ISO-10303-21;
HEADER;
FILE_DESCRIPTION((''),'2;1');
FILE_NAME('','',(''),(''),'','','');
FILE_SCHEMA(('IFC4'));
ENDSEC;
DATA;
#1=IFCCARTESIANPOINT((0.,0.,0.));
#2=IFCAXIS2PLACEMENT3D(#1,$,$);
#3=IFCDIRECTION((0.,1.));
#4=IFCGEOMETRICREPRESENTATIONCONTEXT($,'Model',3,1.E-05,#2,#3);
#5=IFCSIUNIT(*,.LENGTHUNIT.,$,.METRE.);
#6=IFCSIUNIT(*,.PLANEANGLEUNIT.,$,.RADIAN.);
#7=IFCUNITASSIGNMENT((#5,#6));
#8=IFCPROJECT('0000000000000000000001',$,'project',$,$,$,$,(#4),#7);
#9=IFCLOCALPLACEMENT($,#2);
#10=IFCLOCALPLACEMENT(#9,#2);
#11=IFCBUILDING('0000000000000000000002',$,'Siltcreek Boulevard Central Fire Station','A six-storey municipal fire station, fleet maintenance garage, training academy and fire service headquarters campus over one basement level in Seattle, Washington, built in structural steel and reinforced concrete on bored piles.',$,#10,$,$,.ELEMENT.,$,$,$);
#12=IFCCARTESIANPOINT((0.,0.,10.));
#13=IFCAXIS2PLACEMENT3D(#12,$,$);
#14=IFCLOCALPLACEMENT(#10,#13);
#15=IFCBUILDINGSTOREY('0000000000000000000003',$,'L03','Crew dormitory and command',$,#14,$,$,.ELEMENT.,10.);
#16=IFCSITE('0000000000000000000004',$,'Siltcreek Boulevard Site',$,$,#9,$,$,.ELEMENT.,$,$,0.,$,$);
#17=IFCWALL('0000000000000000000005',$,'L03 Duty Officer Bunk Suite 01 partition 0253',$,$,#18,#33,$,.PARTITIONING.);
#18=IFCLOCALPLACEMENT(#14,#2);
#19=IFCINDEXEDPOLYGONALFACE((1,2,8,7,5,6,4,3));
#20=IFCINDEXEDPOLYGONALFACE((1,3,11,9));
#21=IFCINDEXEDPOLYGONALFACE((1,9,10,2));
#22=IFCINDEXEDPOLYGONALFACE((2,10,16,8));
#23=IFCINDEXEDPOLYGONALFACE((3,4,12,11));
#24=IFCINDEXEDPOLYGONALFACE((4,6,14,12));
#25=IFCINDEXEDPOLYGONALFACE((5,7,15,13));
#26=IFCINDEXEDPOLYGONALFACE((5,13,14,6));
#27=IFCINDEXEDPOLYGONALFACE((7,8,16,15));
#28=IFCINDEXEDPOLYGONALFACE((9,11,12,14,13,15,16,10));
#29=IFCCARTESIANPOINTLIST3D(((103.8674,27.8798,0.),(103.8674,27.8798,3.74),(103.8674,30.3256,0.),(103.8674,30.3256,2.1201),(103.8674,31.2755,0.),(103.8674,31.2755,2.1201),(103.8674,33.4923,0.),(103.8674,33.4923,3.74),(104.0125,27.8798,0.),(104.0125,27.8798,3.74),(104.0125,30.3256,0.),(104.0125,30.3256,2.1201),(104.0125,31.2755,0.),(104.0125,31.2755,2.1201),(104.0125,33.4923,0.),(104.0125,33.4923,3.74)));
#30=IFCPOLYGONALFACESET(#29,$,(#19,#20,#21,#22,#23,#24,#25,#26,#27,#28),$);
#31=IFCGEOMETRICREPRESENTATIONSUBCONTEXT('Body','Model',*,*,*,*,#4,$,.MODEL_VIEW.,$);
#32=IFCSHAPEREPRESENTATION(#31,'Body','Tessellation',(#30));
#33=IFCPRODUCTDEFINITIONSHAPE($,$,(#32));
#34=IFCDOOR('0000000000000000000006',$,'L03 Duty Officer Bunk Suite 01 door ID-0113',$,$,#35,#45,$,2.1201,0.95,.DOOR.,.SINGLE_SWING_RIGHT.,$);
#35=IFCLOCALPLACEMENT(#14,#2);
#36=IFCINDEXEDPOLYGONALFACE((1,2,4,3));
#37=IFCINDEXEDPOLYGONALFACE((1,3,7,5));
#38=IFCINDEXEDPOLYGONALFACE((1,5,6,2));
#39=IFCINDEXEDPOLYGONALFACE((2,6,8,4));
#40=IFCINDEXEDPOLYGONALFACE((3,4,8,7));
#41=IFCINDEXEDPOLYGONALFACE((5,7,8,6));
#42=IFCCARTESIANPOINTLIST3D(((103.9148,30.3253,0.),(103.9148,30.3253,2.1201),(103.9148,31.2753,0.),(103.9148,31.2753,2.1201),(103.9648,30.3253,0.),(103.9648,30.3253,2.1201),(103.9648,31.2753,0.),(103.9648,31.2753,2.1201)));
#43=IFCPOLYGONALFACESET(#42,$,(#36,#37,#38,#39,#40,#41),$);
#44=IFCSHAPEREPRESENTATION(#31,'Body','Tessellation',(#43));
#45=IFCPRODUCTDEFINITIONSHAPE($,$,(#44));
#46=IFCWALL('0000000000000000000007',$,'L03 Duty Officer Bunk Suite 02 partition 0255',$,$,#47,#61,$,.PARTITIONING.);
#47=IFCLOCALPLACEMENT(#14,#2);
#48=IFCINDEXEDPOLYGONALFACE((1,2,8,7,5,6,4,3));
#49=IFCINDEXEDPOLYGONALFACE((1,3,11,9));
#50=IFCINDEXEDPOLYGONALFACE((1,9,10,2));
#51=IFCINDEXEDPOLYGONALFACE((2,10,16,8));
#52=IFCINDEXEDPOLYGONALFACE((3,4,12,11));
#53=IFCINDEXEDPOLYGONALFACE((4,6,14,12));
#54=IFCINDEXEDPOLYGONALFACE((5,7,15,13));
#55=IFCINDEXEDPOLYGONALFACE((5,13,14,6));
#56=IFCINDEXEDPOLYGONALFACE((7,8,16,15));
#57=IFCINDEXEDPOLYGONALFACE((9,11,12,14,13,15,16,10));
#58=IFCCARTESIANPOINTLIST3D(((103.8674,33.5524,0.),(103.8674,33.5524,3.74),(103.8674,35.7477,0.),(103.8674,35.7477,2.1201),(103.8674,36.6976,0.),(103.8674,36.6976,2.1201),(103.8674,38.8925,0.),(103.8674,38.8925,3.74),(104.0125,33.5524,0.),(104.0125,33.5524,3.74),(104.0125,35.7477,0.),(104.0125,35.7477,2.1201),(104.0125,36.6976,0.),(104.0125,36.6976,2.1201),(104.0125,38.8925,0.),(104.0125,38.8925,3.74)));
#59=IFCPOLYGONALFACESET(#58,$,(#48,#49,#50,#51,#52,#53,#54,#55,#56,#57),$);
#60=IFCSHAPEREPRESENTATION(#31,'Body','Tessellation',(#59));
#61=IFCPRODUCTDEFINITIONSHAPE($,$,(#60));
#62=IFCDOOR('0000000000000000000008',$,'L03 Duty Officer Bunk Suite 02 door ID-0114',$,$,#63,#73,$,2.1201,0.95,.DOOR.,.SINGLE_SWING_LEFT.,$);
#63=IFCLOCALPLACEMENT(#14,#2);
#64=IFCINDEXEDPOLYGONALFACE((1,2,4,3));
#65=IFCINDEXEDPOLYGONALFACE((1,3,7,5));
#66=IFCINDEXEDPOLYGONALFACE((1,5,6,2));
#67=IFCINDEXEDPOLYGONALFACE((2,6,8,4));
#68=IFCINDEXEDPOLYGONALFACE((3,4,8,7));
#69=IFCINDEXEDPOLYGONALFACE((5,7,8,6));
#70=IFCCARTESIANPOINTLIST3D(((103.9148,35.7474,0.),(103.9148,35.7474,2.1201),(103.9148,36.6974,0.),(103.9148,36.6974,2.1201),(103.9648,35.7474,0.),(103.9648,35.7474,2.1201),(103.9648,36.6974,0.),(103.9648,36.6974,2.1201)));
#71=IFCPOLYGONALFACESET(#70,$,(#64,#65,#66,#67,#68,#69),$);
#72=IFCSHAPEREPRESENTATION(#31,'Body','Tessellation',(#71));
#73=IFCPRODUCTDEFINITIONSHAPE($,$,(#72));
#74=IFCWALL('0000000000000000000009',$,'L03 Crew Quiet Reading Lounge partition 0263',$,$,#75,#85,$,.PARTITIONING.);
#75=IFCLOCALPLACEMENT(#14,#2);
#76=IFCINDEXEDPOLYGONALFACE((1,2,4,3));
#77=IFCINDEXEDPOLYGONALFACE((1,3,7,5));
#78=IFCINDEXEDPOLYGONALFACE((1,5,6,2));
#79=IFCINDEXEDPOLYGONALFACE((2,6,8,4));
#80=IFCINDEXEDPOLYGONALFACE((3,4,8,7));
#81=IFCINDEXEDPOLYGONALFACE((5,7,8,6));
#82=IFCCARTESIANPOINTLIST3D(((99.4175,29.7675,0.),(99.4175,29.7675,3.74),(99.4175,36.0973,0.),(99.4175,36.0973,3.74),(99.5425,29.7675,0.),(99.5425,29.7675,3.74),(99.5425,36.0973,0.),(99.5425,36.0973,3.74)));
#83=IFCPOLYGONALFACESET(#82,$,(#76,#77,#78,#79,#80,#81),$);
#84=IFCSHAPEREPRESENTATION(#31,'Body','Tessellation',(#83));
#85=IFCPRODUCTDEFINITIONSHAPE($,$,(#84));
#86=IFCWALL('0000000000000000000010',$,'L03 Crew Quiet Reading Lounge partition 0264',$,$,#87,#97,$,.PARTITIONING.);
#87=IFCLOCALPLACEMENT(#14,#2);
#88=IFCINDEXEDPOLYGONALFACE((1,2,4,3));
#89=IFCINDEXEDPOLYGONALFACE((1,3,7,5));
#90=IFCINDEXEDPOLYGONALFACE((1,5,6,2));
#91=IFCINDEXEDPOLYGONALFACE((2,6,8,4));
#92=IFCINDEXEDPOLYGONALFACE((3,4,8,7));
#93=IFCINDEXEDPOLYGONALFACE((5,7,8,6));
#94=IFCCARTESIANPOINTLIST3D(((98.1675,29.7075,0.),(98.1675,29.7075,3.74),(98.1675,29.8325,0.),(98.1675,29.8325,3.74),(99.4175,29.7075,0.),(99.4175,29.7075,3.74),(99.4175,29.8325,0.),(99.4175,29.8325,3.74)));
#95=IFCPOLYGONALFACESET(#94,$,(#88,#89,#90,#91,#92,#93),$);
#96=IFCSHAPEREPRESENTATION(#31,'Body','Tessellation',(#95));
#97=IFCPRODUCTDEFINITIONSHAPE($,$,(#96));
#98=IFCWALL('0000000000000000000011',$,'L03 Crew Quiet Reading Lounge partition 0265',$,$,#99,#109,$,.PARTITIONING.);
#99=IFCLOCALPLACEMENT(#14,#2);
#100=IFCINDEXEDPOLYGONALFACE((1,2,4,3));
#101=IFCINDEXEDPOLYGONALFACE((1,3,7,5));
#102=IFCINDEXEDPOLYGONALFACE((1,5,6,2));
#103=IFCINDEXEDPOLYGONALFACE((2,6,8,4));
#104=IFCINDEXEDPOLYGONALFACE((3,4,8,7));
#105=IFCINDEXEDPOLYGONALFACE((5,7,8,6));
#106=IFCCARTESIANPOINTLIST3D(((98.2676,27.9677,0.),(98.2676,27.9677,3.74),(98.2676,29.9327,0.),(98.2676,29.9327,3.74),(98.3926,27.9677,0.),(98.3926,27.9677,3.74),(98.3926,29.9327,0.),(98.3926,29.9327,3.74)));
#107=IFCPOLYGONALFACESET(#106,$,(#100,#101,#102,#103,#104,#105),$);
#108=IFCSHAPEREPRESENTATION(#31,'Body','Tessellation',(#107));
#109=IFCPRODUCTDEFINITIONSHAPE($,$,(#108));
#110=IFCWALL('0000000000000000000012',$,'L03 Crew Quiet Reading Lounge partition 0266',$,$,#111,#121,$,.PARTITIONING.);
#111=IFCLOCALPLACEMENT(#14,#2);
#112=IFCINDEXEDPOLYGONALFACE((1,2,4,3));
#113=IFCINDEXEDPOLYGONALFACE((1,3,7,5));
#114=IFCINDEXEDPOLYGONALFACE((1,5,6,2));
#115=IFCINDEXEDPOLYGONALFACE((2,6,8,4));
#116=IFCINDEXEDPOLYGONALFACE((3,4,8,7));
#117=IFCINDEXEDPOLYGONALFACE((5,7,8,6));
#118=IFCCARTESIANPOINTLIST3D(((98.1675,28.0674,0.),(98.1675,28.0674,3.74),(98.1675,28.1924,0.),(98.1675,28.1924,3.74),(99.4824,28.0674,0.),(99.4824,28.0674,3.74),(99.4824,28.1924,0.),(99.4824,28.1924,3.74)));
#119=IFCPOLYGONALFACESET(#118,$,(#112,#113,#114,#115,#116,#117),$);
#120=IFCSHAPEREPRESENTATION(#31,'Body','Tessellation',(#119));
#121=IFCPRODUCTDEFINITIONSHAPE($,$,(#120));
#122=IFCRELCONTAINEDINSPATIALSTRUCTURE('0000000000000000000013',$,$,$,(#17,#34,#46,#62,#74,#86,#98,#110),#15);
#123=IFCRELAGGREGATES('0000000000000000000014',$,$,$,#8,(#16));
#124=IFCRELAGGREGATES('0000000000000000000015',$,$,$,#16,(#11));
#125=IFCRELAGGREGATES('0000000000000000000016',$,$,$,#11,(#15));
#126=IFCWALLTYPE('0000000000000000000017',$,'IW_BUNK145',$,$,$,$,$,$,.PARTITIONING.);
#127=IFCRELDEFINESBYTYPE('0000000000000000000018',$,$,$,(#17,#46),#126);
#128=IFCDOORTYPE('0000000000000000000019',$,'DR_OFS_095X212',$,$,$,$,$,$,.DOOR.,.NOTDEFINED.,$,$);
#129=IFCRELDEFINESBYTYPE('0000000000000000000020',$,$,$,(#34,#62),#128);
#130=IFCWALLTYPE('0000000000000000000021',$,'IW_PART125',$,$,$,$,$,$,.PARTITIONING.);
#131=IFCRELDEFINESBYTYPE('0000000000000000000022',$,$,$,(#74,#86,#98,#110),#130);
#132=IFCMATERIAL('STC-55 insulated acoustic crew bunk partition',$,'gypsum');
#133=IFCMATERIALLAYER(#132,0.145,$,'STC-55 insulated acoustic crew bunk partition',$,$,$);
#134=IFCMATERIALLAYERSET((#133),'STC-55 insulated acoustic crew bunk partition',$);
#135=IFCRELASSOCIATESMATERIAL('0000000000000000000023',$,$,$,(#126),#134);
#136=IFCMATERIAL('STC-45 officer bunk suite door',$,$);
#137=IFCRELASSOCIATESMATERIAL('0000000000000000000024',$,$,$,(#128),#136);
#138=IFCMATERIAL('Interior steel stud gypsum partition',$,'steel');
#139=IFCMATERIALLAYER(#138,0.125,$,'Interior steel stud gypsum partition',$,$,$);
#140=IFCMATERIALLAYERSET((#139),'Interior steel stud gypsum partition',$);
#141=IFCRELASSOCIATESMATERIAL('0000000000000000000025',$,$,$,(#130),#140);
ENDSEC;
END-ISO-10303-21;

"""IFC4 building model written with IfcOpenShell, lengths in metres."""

from ifc_helpers import new_model, si_unit, direction, frame, frame_2d, origin, place, context, subcontext, project, spatial, rectangle, extrude, material, layer, layer_set, type_object, element, fill, save


model = new_model("IFC4")

# Units and contexts
model_context = context("Model", 3, precision=1e-05, world=origin(), true_north=direction((0.0, 1.0)))
body_context = subcontext(model_context, "Body", "Model", "MODEL_VIEW")
ifc_project = project(units=[si_unit("LENGTHUNIT", "METRE"), si_unit("PLANEANGLEUNIT", "RADIAN")], contexts=[model_context])

# Site, building, storey
site_placement = place(None, origin())
site = spatial("IfcSite", under=ifc_project, at=site_placement, Name="Siltcreek Boulevard Site", CompositionType="ELEMENT", RefElevation=0.0)
building_placement = place(site_placement, origin())
building = spatial("IfcBuilding", under=site, at=building_placement, Name="Siltcreek Boulevard Central Fire Station", Description="A six-storey municipal fire station, fleet maintenance garage, training academy and fire service headquarters campus over one basement level in Seattle, Washington, built in structural steel and reinforced concrete on bored piles.", CompositionType="ELEMENT")
storey_placement = place(building_placement, frame((0.0, 0.0, 10.0)))
storey = spatial("IfcBuildingStorey", under=building, at=storey_placement, Name="L03", Description="Crew dormitory and command", CompositionType="ELEMENT", Elevation=10.0)

# Walls, openings, doors
ifc_material_1 = material(Name="STC-55 insulated acoustic crew bunk partition", Category="gypsum")
ifc_layer_1 = layer(ifc_material_1, 0.145, Name="STC-55 insulated acoustic crew bunk partition")
ifc_layer_set_1 = layer_set([ifc_layer_1], Name="STC-55 insulated acoustic crew bunk partition")
wall_type_1 = type_object("IfcWallType", Name="IW_BUNK145", PredefinedType="PARTITIONING", material=ifc_layer_set_1)
wall_1_placement = place(storey_placement, frame((103.9399, 27.8799, 0.0), z_axis=(0.0, 0.0, 1.0), x_axis=(0.0, 1.0, 0.0)))
wall_1 = element("IfcWall", 1, at=wall_1_placement, inside=storey, type_object=wall_type_1, Name="L03 Duty Officer Bunk Suite 01 partition 0253", PredefinedType="PARTITIONING", context=body_context, shape_type="SweptSolid", body=[
    extrude(rectangle(XDim=5.6125, YDim=0.145, at=frame_2d((2.8062, 0.0))), origin(), (0.0, 0.0, 1.0), 3.74),
])
opening_1_placement = place(wall_1_placement, frame((2.4456, 0.0, 0.0)))
opening_1 = element("IfcOpeningElement", 2, at=opening_1_placement, cuts=wall_1, PredefinedType="OPENING", context=body_context, shape_type="SweptSolid", body=[
    extrude(rectangle(XDim=0.95, YDim=2.1201, at=frame_2d((0.4751, 1.0601))), frame((0.0, 0.0825, 0.0), z_axis=(0.0, -1.0, 0.0), x_axis=(1.0, 0.0, 0.0)), (0.0, 0.0, 1.0), 0.165),
])
ifc_material_2 = material(Name="STC-45 officer bunk suite door")
door_type = type_object("IfcDoorType", Name="DR_OFS_095X212", OperationType="NOTDEFINED", PredefinedType="DOOR", material=ifc_material_2)
door_1_placement = place(opening_1_placement, frame((0.95, 0.0, 0.0), z_axis=(0.0, 0.0, 1.0), x_axis=(-1.0, 0.0, 0.0)))
door_1 = element("IfcDoor", 3, at=door_1_placement, inside=storey, type_object=door_type, Name="L03 Duty Officer Bunk Suite 01 door ID-0113", OperationType="SINGLE_SWING_RIGHT", OverallHeight=2.1201, OverallWidth=0.95, PredefinedType="DOOR", context=body_context, shape_type="SweptSolid", body=[
    extrude(rectangle(XDim=0.95, YDim=2.1201, at=frame_2d((0.4751, 1.0601))), frame((0.0, 0.0249, 0.0), z_axis=(0.0, -1.0, 0.0), x_axis=(1.0, 0.0, 0.0)), (0.0, 0.0, 1.0), 0.05),
])
fill(opening_1, door_1)
wall_2_placement = place(storey_placement, frame((103.9399, 33.5525, 0.0), z_axis=(0.0, 0.0, 1.0), x_axis=(0.0, 1.0, 0.0)))
wall_2 = element("IfcWall", 4, at=wall_2_placement, inside=storey, type_object=wall_type_1, Name="L03 Duty Officer Bunk Suite 02 partition 0255", PredefinedType="PARTITIONING", context=body_context, shape_type="SweptSolid", body=[
    extrude(rectangle(XDim=5.3401, YDim=0.145, at=frame_2d((2.6699, 0.0))), origin(), (0.0, 0.0, 1.0), 3.74),
])
opening_2_placement = place(wall_2_placement, frame((2.1951, 0.0, 0.0)))
opening_2 = element("IfcOpeningElement", 5, at=opening_2_placement, cuts=wall_2, PredefinedType="OPENING", context=body_context, shape_type="SweptSolid", body=[
    extrude(rectangle(XDim=0.95, YDim=2.1201, at=frame_2d((0.4751, 1.0601))), frame((0.0, 0.0825, 0.0), z_axis=(0.0, -1.0, 0.0), x_axis=(1.0, 0.0, 0.0)), (0.0, 0.0, 1.0), 0.165),
])
door_2_placement = place(opening_2_placement, frame((0.95, 0.0, 0.0), z_axis=(0.0, 0.0, 1.0), x_axis=(-1.0, 0.0, 0.0)))
door_2 = element("IfcDoor", 6, at=door_2_placement, inside=storey, type_object=door_type, Name="L03 Duty Officer Bunk Suite 02 door ID-0114", OperationType="SINGLE_SWING_LEFT", OverallHeight=2.1201, OverallWidth=0.95, PredefinedType="DOOR", context=body_context, shape_type="SweptSolid", body=[
    extrude(rectangle(XDim=0.95, YDim=2.1201, at=frame_2d((0.4751, 1.0601))), frame((0.0, 0.0249, 0.0), z_axis=(0.0, -1.0, 0.0), x_axis=(1.0, 0.0, 0.0)), (0.0, 0.0, 1.0), 0.05),
])
fill(opening_2, door_2)

# Walls
ifc_material_3 = material(Name="Interior steel stud gypsum partition", Category="steel")
ifc_layer_2 = layer(ifc_material_3, 0.125, Name="Interior steel stud gypsum partition")
ifc_layer_set_2 = layer_set([ifc_layer_2], Name="Interior steel stud gypsum partition")
wall_type_2 = type_object("IfcWallType", Name="IW_PART125", PredefinedType="PARTITIONING", material=ifc_layer_set_2)
wall_3_placement = place(storey_placement, frame((99.48, 36.0974, 0.0), z_axis=(0.0, 0.0, 1.0), x_axis=(0.0, -1.0, 0.0)))
element("IfcWall", 7, at=wall_3_placement, inside=storey, type_object=wall_type_2, Name="L03 Crew Quiet Reading Lounge partition 0263", PredefinedType="PARTITIONING", context=body_context, shape_type="SweptSolid", body=[
    extrude(rectangle(XDim=6.3298, YDim=0.125, at=frame_2d((3.165, 0.0))), origin(), (0.0, 0.0, 1.0), 3.74),
])
wall_4_placement = place(storey_placement, frame((99.4175, 29.77, 0.0), z_axis=(0.0, 0.0, 1.0), x_axis=(-1.0, 0.0, 0.0)))
element("IfcWall", 8, at=wall_4_placement, inside=storey, type_object=wall_type_2, Name="L03 Crew Quiet Reading Lounge partition 0264", PredefinedType="PARTITIONING", context=body_context, shape_type="SweptSolid", body=[
    extrude(rectangle(XDim=1.25, YDim=0.125, at=frame_2d((0.625, 0.0))), origin(), (0.0, 0.0, 1.0), 3.74),
])
wall_5_placement = place(storey_placement, frame((98.3301, 29.9326, 0.0), z_axis=(0.0, 0.0, 1.0), x_axis=(0.0, -1.0, 0.0)))
element("IfcWall", 9, at=wall_5_placement, inside=storey, type_object=wall_type_2, Name="L03 Crew Quiet Reading Lounge partition 0265", PredefinedType="PARTITIONING", context=body_context, shape_type="SweptSolid", body=[
    extrude(rectangle(XDim=1.9651, YDim=0.125, at=frame_2d((0.9824, 0.0))), origin(), (0.0, 0.0, 1.0), 3.74),
])
wall_6_placement = place(storey_placement, frame((98.1675, 28.1299, 0.0), z_axis=(0.0, 0.0, 1.0), x_axis=(1.0, 0.0, 0.0)))
element("IfcWall", 10, at=wall_6_placement, inside=storey, type_object=wall_type_2, Name="L03 Crew Quiet Reading Lounge partition 0266", PredefinedType="PARTITIONING", context=body_context, shape_type="SweptSolid", body=[
    extrude(rectangle(XDim=1.3149, YDim=0.125, at=frame_2d((0.6575, 0.0))), origin(), (0.0, 0.0, 1.0), 3.74),
])

save(model, "model.ifc")
